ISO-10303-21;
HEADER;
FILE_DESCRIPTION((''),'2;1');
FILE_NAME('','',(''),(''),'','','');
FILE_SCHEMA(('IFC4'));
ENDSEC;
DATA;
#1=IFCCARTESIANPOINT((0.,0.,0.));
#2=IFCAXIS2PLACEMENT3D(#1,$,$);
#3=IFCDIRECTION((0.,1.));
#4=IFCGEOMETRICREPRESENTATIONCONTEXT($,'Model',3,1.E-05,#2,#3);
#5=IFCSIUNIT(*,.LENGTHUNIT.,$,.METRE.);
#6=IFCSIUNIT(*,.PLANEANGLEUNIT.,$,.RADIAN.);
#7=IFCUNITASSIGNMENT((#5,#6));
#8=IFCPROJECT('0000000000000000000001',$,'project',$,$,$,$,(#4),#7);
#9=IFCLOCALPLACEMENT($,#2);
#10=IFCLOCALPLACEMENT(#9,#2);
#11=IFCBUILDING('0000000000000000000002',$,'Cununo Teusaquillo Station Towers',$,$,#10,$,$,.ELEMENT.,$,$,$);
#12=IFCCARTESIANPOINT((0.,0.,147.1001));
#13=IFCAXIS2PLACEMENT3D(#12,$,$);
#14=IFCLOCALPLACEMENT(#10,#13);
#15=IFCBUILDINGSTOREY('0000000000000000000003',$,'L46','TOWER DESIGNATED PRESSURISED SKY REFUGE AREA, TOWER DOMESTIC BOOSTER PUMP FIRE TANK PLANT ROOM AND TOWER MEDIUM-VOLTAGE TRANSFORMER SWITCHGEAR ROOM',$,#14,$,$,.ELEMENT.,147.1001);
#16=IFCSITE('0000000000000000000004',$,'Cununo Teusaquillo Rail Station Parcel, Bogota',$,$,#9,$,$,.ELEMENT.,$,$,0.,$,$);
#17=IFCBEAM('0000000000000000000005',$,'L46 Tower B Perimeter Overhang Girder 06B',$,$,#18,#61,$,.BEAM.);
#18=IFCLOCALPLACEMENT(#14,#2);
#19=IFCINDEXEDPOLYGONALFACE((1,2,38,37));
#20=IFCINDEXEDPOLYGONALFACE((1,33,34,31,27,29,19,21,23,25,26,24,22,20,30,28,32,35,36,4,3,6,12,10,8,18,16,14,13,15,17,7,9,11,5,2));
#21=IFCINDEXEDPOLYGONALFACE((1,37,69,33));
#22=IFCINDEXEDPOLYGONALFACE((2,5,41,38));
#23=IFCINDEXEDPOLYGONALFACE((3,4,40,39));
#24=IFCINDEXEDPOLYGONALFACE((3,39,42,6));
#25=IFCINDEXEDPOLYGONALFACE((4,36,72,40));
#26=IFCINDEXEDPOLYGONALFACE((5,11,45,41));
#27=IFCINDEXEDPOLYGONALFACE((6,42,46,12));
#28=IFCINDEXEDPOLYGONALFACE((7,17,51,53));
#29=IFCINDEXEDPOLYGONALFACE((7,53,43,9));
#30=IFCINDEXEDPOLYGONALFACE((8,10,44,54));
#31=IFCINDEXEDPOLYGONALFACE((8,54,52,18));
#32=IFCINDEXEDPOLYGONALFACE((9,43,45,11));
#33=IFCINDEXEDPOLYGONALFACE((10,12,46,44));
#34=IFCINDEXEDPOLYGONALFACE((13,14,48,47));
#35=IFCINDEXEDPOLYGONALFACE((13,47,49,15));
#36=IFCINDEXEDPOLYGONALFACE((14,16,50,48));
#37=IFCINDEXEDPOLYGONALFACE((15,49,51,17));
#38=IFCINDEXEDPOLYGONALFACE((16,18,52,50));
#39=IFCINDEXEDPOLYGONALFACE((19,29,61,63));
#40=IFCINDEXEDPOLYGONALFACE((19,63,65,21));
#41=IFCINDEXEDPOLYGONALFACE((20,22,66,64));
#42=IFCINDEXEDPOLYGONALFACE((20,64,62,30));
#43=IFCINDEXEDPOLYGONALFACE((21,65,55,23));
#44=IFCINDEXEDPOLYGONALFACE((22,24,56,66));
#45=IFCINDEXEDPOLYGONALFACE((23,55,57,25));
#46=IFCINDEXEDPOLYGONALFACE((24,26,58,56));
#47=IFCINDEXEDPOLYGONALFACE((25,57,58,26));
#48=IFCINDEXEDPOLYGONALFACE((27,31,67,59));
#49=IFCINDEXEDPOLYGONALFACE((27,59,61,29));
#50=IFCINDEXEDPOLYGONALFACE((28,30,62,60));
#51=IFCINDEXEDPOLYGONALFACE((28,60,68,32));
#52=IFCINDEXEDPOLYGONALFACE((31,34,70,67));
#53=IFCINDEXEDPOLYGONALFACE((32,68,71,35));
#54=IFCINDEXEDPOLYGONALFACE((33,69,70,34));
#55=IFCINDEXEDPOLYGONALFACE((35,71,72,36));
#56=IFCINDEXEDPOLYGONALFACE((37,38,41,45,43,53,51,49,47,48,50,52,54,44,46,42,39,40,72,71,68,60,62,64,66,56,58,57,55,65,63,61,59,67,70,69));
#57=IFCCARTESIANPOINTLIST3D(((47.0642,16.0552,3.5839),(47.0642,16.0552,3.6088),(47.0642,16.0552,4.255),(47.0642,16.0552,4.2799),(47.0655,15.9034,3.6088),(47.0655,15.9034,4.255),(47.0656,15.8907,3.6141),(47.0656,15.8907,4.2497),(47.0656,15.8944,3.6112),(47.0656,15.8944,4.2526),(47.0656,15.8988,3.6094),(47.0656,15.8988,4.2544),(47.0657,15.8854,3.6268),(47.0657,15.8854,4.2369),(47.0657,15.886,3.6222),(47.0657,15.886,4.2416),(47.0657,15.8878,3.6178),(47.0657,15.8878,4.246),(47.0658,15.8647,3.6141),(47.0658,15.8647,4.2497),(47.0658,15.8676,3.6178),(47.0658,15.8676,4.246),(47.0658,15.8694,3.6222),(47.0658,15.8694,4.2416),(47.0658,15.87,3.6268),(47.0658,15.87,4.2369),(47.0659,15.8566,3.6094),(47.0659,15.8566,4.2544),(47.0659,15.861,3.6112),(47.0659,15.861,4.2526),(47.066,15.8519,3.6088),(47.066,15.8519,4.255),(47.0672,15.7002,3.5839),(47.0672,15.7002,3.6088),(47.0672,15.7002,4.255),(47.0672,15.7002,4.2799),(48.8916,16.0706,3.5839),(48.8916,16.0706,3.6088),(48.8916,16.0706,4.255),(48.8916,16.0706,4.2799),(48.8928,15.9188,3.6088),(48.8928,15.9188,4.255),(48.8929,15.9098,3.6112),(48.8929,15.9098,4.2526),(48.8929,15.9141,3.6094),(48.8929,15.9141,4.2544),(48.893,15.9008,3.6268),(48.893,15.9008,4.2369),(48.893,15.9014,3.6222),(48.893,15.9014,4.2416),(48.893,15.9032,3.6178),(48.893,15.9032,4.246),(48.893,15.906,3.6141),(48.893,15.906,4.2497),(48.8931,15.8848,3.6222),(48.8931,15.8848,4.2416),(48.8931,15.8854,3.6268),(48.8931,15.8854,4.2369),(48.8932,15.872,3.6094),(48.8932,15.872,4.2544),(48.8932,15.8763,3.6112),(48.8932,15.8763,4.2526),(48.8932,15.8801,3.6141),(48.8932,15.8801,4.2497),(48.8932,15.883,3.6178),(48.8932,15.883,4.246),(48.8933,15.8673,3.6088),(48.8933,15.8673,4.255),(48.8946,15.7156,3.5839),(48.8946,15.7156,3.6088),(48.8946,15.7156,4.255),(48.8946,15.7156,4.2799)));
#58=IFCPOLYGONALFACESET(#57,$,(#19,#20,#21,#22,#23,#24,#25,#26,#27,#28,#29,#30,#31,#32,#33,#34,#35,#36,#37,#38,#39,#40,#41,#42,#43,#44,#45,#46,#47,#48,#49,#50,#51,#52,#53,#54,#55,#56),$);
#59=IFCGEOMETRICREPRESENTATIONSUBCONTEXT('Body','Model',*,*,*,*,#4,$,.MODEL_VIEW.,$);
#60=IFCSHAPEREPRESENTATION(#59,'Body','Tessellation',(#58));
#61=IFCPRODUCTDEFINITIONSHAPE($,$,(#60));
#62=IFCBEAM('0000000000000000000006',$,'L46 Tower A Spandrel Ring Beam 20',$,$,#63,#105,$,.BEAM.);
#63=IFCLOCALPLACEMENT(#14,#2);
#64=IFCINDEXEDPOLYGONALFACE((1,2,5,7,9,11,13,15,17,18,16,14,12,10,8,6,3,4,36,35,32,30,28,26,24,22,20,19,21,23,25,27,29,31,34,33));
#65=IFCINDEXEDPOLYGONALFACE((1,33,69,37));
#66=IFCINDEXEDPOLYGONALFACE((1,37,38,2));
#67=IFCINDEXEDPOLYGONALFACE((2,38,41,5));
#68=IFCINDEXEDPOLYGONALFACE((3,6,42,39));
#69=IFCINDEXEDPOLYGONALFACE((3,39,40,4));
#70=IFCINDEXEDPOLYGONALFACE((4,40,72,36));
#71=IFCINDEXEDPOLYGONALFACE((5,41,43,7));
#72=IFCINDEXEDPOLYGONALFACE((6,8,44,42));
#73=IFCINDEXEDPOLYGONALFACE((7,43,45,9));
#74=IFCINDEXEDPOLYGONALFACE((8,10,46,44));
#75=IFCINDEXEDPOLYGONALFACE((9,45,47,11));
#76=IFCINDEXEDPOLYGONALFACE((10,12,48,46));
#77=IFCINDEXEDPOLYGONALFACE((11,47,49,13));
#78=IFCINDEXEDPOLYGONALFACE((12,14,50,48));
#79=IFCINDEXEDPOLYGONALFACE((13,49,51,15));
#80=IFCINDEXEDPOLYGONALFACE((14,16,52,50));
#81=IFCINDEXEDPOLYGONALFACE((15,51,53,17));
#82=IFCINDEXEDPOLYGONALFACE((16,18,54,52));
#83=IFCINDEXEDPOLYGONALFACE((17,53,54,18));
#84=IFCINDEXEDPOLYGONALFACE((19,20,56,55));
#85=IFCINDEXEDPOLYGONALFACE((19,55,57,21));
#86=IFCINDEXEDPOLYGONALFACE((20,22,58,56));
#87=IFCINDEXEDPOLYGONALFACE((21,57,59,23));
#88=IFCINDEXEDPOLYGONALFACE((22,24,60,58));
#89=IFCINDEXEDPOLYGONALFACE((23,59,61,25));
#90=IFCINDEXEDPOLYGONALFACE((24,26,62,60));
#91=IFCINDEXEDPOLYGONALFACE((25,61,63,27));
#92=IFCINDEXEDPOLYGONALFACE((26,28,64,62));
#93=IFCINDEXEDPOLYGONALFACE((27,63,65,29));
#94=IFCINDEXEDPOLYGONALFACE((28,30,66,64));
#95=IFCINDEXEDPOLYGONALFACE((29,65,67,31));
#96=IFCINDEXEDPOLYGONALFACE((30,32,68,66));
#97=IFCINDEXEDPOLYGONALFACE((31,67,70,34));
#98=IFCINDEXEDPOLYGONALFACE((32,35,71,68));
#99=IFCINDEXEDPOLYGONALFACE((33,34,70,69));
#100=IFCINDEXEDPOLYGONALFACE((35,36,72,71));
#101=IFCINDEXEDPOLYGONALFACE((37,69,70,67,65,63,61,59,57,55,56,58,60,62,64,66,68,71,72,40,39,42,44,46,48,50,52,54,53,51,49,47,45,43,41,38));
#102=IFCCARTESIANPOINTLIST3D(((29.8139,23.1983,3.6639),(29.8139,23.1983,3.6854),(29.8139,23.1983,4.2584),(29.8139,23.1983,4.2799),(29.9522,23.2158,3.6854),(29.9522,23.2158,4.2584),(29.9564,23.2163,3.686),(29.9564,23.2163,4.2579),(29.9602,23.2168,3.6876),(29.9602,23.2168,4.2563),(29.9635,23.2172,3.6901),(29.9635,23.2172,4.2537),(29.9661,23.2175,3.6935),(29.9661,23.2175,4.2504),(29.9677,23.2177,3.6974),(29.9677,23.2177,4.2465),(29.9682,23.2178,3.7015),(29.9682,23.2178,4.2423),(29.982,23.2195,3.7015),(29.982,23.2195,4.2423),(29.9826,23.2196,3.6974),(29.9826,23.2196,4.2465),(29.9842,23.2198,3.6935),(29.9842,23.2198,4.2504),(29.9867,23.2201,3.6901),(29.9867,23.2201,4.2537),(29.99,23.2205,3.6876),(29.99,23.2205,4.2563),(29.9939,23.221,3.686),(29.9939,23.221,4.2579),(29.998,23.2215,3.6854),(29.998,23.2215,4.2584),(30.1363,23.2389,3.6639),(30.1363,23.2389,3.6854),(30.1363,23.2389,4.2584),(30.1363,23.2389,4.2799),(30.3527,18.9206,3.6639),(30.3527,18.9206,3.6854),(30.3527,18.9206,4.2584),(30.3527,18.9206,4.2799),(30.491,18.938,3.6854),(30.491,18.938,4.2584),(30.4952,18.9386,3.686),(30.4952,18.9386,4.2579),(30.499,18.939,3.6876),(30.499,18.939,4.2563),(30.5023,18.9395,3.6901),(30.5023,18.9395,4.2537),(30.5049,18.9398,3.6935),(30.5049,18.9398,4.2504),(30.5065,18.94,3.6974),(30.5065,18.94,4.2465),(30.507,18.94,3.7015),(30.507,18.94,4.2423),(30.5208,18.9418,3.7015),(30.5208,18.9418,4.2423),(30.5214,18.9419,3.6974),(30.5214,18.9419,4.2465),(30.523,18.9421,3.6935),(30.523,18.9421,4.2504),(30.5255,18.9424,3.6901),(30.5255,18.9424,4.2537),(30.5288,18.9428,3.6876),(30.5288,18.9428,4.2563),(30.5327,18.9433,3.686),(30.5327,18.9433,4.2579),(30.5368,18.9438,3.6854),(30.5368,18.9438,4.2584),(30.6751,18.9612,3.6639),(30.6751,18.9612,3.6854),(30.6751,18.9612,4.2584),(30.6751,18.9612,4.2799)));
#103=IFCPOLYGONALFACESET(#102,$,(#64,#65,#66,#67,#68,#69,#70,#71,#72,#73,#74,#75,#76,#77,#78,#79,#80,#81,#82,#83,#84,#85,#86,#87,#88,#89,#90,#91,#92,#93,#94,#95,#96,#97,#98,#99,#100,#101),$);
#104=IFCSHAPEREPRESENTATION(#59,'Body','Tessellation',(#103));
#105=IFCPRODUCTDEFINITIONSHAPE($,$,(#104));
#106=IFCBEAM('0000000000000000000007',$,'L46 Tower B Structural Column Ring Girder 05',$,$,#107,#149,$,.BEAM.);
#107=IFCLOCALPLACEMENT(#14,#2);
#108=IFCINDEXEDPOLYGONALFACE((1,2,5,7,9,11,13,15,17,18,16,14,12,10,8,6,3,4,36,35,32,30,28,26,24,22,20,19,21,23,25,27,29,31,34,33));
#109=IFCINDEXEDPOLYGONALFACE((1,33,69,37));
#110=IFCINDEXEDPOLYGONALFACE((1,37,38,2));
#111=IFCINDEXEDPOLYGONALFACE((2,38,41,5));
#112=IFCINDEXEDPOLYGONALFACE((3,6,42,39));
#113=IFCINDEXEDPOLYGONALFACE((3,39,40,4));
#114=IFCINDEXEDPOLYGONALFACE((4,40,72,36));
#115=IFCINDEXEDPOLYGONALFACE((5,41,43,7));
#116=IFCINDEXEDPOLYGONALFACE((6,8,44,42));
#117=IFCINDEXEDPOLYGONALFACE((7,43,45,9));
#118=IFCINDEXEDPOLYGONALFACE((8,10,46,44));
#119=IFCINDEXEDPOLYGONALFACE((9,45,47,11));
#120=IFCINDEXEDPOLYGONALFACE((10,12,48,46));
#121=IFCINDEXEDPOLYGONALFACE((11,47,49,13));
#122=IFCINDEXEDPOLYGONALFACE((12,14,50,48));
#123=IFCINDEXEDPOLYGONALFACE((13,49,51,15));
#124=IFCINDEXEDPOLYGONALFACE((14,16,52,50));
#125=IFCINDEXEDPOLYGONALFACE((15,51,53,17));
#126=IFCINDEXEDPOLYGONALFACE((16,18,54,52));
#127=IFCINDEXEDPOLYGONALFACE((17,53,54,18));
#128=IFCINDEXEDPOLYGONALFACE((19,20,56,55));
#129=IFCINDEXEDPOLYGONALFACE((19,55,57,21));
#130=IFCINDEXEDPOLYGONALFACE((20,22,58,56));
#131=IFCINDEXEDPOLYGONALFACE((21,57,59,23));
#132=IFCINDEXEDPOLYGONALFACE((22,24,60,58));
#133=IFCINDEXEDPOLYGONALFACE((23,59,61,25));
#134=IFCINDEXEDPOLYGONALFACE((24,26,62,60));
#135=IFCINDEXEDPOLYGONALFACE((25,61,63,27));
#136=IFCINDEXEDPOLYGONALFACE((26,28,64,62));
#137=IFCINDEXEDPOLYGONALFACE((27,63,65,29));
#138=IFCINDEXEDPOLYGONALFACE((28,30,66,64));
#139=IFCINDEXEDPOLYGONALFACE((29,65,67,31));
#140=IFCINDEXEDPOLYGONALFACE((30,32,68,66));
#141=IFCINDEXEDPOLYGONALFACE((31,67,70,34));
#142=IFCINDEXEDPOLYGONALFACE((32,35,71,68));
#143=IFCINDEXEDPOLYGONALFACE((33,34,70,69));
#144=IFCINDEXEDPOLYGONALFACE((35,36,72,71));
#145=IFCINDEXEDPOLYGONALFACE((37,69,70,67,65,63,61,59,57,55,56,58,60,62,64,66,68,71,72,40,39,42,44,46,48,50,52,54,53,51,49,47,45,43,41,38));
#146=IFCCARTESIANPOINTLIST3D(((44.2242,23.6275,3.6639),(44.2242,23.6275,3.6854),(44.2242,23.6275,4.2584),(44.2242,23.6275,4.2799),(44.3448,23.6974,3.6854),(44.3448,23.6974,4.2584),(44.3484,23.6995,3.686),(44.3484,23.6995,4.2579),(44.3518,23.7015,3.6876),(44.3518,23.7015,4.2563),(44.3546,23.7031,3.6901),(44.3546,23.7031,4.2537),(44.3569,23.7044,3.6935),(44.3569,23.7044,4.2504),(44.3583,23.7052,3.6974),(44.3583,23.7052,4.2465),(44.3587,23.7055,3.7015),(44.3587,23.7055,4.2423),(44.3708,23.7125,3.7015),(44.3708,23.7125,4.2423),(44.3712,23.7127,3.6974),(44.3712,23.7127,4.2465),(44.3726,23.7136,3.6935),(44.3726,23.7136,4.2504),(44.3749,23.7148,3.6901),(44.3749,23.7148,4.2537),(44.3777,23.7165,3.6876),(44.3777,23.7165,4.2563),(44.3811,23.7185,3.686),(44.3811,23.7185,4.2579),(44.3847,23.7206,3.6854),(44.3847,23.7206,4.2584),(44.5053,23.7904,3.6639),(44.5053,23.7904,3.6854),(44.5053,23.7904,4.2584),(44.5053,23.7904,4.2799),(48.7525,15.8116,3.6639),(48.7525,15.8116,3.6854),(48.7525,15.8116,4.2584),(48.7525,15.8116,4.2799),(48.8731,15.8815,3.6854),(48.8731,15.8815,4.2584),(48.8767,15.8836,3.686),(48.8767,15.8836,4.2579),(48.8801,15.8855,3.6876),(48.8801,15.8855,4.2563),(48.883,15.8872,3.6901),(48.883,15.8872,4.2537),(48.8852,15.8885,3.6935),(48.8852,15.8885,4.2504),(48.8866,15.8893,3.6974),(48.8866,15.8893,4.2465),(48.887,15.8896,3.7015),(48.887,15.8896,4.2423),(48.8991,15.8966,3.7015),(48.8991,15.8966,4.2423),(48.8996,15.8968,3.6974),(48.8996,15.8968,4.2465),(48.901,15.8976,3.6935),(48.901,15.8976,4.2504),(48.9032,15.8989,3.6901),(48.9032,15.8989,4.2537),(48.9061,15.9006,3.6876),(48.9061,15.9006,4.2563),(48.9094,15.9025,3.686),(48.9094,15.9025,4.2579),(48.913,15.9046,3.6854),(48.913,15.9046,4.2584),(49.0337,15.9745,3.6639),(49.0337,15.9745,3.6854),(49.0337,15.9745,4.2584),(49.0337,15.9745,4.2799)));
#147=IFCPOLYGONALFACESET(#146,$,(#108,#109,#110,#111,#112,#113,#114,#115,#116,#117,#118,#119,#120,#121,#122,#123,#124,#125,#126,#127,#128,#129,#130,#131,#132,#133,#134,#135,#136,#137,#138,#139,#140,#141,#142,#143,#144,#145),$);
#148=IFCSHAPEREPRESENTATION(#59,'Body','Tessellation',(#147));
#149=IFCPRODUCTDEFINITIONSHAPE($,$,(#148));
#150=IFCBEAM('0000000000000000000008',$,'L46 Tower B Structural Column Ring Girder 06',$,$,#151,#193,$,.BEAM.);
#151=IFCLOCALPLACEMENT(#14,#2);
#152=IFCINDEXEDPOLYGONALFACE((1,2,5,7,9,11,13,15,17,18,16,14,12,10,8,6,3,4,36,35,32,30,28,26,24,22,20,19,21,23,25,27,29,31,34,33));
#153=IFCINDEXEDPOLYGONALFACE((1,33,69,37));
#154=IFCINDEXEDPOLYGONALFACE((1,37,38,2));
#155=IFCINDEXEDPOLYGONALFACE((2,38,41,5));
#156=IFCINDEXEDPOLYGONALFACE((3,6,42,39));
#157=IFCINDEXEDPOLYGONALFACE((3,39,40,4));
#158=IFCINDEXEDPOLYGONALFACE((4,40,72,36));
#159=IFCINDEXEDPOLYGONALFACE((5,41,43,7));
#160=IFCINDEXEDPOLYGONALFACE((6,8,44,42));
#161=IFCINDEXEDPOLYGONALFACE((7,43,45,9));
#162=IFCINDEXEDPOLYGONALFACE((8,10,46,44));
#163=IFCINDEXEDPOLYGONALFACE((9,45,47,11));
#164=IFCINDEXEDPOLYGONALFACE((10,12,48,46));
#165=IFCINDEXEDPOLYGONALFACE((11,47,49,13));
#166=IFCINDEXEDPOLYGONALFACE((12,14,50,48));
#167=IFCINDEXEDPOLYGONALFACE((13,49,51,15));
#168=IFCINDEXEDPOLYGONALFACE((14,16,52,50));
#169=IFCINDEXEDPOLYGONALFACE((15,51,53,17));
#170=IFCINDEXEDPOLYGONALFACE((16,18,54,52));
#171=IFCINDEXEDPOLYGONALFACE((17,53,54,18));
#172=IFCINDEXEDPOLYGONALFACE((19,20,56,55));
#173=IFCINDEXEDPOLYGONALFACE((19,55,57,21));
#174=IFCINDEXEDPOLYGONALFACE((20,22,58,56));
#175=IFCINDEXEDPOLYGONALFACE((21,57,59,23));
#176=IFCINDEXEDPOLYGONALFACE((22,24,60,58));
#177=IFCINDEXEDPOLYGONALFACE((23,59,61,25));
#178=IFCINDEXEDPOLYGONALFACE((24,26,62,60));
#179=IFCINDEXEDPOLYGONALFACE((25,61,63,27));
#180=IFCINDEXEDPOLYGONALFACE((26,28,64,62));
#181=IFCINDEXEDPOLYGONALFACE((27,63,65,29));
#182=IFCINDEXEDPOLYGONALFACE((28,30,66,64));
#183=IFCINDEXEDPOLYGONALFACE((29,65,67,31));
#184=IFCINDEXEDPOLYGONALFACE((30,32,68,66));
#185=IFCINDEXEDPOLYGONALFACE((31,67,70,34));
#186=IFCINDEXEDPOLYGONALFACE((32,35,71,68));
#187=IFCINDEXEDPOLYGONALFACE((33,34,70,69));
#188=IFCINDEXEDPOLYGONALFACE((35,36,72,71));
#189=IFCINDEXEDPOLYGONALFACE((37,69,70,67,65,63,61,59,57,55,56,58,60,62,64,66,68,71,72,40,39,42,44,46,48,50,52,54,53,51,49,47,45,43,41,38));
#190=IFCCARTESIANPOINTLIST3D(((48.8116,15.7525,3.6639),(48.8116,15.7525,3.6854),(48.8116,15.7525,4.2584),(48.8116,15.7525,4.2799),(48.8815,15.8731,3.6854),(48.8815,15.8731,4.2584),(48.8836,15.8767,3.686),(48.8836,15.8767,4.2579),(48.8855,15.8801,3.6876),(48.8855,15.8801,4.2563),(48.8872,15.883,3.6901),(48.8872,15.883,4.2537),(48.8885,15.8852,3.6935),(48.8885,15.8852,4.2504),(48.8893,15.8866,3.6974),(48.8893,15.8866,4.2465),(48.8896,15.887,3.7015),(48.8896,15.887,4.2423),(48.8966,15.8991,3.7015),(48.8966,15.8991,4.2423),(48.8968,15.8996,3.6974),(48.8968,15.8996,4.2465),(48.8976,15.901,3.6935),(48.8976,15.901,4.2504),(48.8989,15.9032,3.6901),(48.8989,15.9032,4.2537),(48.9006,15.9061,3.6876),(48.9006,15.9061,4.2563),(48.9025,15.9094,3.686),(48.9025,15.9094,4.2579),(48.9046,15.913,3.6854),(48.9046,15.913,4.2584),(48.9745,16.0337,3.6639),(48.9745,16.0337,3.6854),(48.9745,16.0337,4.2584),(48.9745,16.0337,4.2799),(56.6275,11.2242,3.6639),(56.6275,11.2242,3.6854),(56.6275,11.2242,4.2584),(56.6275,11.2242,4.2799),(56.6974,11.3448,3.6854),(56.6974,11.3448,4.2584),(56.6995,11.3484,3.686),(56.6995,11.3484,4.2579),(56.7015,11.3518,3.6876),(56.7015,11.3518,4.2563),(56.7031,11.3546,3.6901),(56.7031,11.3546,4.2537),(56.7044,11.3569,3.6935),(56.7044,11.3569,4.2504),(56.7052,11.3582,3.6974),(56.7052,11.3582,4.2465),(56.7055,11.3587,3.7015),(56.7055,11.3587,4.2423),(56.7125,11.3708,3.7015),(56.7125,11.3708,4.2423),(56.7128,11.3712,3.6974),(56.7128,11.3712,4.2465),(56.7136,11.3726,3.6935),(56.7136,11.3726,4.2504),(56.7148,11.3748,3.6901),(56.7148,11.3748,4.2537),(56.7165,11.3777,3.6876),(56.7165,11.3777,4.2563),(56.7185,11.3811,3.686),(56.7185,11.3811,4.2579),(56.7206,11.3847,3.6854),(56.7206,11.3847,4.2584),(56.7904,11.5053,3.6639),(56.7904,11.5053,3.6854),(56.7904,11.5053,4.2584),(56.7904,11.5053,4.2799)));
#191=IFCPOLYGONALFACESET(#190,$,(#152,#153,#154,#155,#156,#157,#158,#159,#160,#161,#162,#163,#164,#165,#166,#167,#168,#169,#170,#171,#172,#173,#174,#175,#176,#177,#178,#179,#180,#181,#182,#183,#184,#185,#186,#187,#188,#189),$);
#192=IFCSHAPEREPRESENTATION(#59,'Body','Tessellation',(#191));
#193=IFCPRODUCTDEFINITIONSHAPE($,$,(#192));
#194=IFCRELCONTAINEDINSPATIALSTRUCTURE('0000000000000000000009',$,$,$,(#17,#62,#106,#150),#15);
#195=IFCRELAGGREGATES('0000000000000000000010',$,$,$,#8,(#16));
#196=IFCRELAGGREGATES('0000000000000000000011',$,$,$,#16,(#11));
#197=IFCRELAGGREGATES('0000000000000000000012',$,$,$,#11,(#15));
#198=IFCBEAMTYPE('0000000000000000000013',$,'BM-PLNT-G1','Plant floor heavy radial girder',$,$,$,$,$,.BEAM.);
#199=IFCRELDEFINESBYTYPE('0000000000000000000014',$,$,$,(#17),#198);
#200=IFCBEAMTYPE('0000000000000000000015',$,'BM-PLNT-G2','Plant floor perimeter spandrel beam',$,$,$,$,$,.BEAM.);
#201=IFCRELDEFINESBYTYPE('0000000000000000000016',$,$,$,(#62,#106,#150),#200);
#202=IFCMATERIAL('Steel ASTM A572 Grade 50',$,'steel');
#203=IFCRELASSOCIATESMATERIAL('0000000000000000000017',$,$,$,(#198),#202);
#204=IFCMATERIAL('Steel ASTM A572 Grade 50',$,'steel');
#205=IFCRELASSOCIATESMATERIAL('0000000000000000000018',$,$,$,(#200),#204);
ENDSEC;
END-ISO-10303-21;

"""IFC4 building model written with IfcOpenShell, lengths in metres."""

from ifc_helpers import new_model, si_unit, direction, frame, origin, origin_2d, place, context, subcontext, project, spatial, i_section, extrude, material, material_profile, profile_set, type_object, element, save


model = new_model("IFC4")

# Units and contexts
model_context = context("Model", 3, precision=1e-05, world=origin(), true_north=direction((0.0, 1.0)))
body_context = subcontext(model_context, "Body", "Model", "MODEL_VIEW")
ifc_project = project(units=[si_unit("LENGTHUNIT", "METRE"), si_unit("PLANEANGLEUNIT", "RADIAN")], contexts=[model_context])

# Site, building, storey
site_placement = place(None, origin())
site = spatial("IfcSite", under=ifc_project, at=site_placement, Name="Cununo Teusaquillo Rail Station Parcel, Bogota", CompositionType="ELEMENT", RefElevation=0.0)
building_placement = place(site_placement, origin())
building = spatial("IfcBuilding", under=site, at=building_placement, Name="Cununo Teusaquillo Station Towers", CompositionType="ELEMENT")
storey_placement = place(building_placement, frame((0.0, 0.0, 147.1001)))
storey = spatial("IfcBuildingStorey", under=building, at=storey_placement, Name="L46", Description="TOWER DESIGNATED PRESSURISED SKY REFUGE AREA, TOWER DOMESTIC BOOSTER PUMP FIRE TANK PLANT ROOM AND TOWER MEDIUM-VOLTAGE TRANSFORMER SWITCHGEAR ROOM", CompositionType="ELEMENT", Elevation=147.1001)

# Beams
ifc_material_1 = material(Name="Steel ASTM A572 Grade 50", Category="steel")
ifc_material_profile_1 = material_profile(ifc_material_1, i_section(OverallWidth=0.355, OverallDepth=0.696, WebThickness=0.0154, FlangeThickness=0.0249, FilletRadius=0.0181, at=origin_2d()), Name="W27X146")
ifc_profile_set_1 = profile_set([ifc_material_profile_1], Name="Steel ASTM A572 Grade 50")
beam_type_1 = type_object("IfcBeamType", Name="BM-PLNT-G1", Description="Plant floor heavy radial girder", PredefinedType="BEAM", material=ifc_profile_set_1)
beam_1_placement = place(storey_placement, frame((48.8931, 15.8931, 3.9319), z_axis=(-0.999965, -0.008417, 0.0), x_axis=(0.008417, -0.999965, 0.0)))
element("IfcBeam", 1, at=beam_1_placement, inside=storey, type_object=beam_type_1, Name="L46 Tower B Perimeter Overhang Girder 06B", PredefinedType="BEAM", context=body_context, shape_type="SweptSolid", body=[
    extrude(i_section(OverallWidth=0.355, OverallDepth=0.696, WebThickness=0.0154, FlangeThickness=0.0249, FilletRadius=0.0181, at=origin_2d()), origin(), (0.0, 0.0, 1.0), 1.8274),
])
ifc_material_2 = material(Name="Steel ASTM A572 Grade 50", Category="steel")
ifc_material_profile_2 = material_profile(ifc_material_2, i_section(OverallWidth=0.325, OverallDepth=0.616, WebThickness=0.0139, FlangeThickness=0.0215, FilletRadius=0.0161, at=origin_2d()), Name="W24X117")
ifc_profile_set_2 = profile_set([ifc_material_profile_2], Name="Steel ASTM A572 Grade 50")
beam_type_2 = type_object("IfcBeamType", Name="BM-PLNT-G2", Description="Plant floor perimeter spandrel beam", PredefinedType="BEAM", material=ifc_profile_set_2)
beam_2_placement = place(storey_placement, frame((30.5139, 18.9409, 3.9719), z_axis=(-0.124969, 0.992161, 0.0), x_axis=(-0.992161, -0.124969, 0.0)))
element("IfcBeam", 2, at=beam_2_placement, inside=storey, type_object=beam_type_2, Name="L46 Tower A Spandrel Ring Beam 20", PredefinedType="BEAM", context=body_context, shape_type="SweptSolid", body=[
    extrude(i_section(OverallWidth=0.325, OverallDepth=0.616, WebThickness=0.0139, FlangeThickness=0.0215, FilletRadius=0.0161, at=origin_2d()), origin(), (0.0, 0.0, 1.0), 4.3115),
])
for number, where, z_axis, x_axis, name in (
    (3, (44.3647, 23.709, 3.9719), (0.501311, -0.865267, 0.0), (0.865267, 0.501311, 0.0), "L46 Tower B Structural Column Ring Girder 05"),
    (4, (48.8931, 15.8931, 3.9719), (0.865267, -0.501311, 0.0), (0.501311, 0.865267, 0.0), "L46 Tower B Structural Column Ring Girder 06"),
):
    element("IfcBeam", number, at=place(storey_placement, frame(where, z_axis=z_axis, x_axis=x_axis)), inside=storey, type_object=beam_type_2, Name=name, PredefinedType="BEAM", context=body_context, shape_type="SweptSolid", body=[
        extrude(i_section(OverallWidth=0.325, OverallDepth=0.616, WebThickness=0.0139, FlangeThickness=0.0215, FilletRadius=0.0161, at=origin_2d()), origin(), (0.0, 0.0, 1.0), 9.033),
    ])

save(model, "model.ifc")
